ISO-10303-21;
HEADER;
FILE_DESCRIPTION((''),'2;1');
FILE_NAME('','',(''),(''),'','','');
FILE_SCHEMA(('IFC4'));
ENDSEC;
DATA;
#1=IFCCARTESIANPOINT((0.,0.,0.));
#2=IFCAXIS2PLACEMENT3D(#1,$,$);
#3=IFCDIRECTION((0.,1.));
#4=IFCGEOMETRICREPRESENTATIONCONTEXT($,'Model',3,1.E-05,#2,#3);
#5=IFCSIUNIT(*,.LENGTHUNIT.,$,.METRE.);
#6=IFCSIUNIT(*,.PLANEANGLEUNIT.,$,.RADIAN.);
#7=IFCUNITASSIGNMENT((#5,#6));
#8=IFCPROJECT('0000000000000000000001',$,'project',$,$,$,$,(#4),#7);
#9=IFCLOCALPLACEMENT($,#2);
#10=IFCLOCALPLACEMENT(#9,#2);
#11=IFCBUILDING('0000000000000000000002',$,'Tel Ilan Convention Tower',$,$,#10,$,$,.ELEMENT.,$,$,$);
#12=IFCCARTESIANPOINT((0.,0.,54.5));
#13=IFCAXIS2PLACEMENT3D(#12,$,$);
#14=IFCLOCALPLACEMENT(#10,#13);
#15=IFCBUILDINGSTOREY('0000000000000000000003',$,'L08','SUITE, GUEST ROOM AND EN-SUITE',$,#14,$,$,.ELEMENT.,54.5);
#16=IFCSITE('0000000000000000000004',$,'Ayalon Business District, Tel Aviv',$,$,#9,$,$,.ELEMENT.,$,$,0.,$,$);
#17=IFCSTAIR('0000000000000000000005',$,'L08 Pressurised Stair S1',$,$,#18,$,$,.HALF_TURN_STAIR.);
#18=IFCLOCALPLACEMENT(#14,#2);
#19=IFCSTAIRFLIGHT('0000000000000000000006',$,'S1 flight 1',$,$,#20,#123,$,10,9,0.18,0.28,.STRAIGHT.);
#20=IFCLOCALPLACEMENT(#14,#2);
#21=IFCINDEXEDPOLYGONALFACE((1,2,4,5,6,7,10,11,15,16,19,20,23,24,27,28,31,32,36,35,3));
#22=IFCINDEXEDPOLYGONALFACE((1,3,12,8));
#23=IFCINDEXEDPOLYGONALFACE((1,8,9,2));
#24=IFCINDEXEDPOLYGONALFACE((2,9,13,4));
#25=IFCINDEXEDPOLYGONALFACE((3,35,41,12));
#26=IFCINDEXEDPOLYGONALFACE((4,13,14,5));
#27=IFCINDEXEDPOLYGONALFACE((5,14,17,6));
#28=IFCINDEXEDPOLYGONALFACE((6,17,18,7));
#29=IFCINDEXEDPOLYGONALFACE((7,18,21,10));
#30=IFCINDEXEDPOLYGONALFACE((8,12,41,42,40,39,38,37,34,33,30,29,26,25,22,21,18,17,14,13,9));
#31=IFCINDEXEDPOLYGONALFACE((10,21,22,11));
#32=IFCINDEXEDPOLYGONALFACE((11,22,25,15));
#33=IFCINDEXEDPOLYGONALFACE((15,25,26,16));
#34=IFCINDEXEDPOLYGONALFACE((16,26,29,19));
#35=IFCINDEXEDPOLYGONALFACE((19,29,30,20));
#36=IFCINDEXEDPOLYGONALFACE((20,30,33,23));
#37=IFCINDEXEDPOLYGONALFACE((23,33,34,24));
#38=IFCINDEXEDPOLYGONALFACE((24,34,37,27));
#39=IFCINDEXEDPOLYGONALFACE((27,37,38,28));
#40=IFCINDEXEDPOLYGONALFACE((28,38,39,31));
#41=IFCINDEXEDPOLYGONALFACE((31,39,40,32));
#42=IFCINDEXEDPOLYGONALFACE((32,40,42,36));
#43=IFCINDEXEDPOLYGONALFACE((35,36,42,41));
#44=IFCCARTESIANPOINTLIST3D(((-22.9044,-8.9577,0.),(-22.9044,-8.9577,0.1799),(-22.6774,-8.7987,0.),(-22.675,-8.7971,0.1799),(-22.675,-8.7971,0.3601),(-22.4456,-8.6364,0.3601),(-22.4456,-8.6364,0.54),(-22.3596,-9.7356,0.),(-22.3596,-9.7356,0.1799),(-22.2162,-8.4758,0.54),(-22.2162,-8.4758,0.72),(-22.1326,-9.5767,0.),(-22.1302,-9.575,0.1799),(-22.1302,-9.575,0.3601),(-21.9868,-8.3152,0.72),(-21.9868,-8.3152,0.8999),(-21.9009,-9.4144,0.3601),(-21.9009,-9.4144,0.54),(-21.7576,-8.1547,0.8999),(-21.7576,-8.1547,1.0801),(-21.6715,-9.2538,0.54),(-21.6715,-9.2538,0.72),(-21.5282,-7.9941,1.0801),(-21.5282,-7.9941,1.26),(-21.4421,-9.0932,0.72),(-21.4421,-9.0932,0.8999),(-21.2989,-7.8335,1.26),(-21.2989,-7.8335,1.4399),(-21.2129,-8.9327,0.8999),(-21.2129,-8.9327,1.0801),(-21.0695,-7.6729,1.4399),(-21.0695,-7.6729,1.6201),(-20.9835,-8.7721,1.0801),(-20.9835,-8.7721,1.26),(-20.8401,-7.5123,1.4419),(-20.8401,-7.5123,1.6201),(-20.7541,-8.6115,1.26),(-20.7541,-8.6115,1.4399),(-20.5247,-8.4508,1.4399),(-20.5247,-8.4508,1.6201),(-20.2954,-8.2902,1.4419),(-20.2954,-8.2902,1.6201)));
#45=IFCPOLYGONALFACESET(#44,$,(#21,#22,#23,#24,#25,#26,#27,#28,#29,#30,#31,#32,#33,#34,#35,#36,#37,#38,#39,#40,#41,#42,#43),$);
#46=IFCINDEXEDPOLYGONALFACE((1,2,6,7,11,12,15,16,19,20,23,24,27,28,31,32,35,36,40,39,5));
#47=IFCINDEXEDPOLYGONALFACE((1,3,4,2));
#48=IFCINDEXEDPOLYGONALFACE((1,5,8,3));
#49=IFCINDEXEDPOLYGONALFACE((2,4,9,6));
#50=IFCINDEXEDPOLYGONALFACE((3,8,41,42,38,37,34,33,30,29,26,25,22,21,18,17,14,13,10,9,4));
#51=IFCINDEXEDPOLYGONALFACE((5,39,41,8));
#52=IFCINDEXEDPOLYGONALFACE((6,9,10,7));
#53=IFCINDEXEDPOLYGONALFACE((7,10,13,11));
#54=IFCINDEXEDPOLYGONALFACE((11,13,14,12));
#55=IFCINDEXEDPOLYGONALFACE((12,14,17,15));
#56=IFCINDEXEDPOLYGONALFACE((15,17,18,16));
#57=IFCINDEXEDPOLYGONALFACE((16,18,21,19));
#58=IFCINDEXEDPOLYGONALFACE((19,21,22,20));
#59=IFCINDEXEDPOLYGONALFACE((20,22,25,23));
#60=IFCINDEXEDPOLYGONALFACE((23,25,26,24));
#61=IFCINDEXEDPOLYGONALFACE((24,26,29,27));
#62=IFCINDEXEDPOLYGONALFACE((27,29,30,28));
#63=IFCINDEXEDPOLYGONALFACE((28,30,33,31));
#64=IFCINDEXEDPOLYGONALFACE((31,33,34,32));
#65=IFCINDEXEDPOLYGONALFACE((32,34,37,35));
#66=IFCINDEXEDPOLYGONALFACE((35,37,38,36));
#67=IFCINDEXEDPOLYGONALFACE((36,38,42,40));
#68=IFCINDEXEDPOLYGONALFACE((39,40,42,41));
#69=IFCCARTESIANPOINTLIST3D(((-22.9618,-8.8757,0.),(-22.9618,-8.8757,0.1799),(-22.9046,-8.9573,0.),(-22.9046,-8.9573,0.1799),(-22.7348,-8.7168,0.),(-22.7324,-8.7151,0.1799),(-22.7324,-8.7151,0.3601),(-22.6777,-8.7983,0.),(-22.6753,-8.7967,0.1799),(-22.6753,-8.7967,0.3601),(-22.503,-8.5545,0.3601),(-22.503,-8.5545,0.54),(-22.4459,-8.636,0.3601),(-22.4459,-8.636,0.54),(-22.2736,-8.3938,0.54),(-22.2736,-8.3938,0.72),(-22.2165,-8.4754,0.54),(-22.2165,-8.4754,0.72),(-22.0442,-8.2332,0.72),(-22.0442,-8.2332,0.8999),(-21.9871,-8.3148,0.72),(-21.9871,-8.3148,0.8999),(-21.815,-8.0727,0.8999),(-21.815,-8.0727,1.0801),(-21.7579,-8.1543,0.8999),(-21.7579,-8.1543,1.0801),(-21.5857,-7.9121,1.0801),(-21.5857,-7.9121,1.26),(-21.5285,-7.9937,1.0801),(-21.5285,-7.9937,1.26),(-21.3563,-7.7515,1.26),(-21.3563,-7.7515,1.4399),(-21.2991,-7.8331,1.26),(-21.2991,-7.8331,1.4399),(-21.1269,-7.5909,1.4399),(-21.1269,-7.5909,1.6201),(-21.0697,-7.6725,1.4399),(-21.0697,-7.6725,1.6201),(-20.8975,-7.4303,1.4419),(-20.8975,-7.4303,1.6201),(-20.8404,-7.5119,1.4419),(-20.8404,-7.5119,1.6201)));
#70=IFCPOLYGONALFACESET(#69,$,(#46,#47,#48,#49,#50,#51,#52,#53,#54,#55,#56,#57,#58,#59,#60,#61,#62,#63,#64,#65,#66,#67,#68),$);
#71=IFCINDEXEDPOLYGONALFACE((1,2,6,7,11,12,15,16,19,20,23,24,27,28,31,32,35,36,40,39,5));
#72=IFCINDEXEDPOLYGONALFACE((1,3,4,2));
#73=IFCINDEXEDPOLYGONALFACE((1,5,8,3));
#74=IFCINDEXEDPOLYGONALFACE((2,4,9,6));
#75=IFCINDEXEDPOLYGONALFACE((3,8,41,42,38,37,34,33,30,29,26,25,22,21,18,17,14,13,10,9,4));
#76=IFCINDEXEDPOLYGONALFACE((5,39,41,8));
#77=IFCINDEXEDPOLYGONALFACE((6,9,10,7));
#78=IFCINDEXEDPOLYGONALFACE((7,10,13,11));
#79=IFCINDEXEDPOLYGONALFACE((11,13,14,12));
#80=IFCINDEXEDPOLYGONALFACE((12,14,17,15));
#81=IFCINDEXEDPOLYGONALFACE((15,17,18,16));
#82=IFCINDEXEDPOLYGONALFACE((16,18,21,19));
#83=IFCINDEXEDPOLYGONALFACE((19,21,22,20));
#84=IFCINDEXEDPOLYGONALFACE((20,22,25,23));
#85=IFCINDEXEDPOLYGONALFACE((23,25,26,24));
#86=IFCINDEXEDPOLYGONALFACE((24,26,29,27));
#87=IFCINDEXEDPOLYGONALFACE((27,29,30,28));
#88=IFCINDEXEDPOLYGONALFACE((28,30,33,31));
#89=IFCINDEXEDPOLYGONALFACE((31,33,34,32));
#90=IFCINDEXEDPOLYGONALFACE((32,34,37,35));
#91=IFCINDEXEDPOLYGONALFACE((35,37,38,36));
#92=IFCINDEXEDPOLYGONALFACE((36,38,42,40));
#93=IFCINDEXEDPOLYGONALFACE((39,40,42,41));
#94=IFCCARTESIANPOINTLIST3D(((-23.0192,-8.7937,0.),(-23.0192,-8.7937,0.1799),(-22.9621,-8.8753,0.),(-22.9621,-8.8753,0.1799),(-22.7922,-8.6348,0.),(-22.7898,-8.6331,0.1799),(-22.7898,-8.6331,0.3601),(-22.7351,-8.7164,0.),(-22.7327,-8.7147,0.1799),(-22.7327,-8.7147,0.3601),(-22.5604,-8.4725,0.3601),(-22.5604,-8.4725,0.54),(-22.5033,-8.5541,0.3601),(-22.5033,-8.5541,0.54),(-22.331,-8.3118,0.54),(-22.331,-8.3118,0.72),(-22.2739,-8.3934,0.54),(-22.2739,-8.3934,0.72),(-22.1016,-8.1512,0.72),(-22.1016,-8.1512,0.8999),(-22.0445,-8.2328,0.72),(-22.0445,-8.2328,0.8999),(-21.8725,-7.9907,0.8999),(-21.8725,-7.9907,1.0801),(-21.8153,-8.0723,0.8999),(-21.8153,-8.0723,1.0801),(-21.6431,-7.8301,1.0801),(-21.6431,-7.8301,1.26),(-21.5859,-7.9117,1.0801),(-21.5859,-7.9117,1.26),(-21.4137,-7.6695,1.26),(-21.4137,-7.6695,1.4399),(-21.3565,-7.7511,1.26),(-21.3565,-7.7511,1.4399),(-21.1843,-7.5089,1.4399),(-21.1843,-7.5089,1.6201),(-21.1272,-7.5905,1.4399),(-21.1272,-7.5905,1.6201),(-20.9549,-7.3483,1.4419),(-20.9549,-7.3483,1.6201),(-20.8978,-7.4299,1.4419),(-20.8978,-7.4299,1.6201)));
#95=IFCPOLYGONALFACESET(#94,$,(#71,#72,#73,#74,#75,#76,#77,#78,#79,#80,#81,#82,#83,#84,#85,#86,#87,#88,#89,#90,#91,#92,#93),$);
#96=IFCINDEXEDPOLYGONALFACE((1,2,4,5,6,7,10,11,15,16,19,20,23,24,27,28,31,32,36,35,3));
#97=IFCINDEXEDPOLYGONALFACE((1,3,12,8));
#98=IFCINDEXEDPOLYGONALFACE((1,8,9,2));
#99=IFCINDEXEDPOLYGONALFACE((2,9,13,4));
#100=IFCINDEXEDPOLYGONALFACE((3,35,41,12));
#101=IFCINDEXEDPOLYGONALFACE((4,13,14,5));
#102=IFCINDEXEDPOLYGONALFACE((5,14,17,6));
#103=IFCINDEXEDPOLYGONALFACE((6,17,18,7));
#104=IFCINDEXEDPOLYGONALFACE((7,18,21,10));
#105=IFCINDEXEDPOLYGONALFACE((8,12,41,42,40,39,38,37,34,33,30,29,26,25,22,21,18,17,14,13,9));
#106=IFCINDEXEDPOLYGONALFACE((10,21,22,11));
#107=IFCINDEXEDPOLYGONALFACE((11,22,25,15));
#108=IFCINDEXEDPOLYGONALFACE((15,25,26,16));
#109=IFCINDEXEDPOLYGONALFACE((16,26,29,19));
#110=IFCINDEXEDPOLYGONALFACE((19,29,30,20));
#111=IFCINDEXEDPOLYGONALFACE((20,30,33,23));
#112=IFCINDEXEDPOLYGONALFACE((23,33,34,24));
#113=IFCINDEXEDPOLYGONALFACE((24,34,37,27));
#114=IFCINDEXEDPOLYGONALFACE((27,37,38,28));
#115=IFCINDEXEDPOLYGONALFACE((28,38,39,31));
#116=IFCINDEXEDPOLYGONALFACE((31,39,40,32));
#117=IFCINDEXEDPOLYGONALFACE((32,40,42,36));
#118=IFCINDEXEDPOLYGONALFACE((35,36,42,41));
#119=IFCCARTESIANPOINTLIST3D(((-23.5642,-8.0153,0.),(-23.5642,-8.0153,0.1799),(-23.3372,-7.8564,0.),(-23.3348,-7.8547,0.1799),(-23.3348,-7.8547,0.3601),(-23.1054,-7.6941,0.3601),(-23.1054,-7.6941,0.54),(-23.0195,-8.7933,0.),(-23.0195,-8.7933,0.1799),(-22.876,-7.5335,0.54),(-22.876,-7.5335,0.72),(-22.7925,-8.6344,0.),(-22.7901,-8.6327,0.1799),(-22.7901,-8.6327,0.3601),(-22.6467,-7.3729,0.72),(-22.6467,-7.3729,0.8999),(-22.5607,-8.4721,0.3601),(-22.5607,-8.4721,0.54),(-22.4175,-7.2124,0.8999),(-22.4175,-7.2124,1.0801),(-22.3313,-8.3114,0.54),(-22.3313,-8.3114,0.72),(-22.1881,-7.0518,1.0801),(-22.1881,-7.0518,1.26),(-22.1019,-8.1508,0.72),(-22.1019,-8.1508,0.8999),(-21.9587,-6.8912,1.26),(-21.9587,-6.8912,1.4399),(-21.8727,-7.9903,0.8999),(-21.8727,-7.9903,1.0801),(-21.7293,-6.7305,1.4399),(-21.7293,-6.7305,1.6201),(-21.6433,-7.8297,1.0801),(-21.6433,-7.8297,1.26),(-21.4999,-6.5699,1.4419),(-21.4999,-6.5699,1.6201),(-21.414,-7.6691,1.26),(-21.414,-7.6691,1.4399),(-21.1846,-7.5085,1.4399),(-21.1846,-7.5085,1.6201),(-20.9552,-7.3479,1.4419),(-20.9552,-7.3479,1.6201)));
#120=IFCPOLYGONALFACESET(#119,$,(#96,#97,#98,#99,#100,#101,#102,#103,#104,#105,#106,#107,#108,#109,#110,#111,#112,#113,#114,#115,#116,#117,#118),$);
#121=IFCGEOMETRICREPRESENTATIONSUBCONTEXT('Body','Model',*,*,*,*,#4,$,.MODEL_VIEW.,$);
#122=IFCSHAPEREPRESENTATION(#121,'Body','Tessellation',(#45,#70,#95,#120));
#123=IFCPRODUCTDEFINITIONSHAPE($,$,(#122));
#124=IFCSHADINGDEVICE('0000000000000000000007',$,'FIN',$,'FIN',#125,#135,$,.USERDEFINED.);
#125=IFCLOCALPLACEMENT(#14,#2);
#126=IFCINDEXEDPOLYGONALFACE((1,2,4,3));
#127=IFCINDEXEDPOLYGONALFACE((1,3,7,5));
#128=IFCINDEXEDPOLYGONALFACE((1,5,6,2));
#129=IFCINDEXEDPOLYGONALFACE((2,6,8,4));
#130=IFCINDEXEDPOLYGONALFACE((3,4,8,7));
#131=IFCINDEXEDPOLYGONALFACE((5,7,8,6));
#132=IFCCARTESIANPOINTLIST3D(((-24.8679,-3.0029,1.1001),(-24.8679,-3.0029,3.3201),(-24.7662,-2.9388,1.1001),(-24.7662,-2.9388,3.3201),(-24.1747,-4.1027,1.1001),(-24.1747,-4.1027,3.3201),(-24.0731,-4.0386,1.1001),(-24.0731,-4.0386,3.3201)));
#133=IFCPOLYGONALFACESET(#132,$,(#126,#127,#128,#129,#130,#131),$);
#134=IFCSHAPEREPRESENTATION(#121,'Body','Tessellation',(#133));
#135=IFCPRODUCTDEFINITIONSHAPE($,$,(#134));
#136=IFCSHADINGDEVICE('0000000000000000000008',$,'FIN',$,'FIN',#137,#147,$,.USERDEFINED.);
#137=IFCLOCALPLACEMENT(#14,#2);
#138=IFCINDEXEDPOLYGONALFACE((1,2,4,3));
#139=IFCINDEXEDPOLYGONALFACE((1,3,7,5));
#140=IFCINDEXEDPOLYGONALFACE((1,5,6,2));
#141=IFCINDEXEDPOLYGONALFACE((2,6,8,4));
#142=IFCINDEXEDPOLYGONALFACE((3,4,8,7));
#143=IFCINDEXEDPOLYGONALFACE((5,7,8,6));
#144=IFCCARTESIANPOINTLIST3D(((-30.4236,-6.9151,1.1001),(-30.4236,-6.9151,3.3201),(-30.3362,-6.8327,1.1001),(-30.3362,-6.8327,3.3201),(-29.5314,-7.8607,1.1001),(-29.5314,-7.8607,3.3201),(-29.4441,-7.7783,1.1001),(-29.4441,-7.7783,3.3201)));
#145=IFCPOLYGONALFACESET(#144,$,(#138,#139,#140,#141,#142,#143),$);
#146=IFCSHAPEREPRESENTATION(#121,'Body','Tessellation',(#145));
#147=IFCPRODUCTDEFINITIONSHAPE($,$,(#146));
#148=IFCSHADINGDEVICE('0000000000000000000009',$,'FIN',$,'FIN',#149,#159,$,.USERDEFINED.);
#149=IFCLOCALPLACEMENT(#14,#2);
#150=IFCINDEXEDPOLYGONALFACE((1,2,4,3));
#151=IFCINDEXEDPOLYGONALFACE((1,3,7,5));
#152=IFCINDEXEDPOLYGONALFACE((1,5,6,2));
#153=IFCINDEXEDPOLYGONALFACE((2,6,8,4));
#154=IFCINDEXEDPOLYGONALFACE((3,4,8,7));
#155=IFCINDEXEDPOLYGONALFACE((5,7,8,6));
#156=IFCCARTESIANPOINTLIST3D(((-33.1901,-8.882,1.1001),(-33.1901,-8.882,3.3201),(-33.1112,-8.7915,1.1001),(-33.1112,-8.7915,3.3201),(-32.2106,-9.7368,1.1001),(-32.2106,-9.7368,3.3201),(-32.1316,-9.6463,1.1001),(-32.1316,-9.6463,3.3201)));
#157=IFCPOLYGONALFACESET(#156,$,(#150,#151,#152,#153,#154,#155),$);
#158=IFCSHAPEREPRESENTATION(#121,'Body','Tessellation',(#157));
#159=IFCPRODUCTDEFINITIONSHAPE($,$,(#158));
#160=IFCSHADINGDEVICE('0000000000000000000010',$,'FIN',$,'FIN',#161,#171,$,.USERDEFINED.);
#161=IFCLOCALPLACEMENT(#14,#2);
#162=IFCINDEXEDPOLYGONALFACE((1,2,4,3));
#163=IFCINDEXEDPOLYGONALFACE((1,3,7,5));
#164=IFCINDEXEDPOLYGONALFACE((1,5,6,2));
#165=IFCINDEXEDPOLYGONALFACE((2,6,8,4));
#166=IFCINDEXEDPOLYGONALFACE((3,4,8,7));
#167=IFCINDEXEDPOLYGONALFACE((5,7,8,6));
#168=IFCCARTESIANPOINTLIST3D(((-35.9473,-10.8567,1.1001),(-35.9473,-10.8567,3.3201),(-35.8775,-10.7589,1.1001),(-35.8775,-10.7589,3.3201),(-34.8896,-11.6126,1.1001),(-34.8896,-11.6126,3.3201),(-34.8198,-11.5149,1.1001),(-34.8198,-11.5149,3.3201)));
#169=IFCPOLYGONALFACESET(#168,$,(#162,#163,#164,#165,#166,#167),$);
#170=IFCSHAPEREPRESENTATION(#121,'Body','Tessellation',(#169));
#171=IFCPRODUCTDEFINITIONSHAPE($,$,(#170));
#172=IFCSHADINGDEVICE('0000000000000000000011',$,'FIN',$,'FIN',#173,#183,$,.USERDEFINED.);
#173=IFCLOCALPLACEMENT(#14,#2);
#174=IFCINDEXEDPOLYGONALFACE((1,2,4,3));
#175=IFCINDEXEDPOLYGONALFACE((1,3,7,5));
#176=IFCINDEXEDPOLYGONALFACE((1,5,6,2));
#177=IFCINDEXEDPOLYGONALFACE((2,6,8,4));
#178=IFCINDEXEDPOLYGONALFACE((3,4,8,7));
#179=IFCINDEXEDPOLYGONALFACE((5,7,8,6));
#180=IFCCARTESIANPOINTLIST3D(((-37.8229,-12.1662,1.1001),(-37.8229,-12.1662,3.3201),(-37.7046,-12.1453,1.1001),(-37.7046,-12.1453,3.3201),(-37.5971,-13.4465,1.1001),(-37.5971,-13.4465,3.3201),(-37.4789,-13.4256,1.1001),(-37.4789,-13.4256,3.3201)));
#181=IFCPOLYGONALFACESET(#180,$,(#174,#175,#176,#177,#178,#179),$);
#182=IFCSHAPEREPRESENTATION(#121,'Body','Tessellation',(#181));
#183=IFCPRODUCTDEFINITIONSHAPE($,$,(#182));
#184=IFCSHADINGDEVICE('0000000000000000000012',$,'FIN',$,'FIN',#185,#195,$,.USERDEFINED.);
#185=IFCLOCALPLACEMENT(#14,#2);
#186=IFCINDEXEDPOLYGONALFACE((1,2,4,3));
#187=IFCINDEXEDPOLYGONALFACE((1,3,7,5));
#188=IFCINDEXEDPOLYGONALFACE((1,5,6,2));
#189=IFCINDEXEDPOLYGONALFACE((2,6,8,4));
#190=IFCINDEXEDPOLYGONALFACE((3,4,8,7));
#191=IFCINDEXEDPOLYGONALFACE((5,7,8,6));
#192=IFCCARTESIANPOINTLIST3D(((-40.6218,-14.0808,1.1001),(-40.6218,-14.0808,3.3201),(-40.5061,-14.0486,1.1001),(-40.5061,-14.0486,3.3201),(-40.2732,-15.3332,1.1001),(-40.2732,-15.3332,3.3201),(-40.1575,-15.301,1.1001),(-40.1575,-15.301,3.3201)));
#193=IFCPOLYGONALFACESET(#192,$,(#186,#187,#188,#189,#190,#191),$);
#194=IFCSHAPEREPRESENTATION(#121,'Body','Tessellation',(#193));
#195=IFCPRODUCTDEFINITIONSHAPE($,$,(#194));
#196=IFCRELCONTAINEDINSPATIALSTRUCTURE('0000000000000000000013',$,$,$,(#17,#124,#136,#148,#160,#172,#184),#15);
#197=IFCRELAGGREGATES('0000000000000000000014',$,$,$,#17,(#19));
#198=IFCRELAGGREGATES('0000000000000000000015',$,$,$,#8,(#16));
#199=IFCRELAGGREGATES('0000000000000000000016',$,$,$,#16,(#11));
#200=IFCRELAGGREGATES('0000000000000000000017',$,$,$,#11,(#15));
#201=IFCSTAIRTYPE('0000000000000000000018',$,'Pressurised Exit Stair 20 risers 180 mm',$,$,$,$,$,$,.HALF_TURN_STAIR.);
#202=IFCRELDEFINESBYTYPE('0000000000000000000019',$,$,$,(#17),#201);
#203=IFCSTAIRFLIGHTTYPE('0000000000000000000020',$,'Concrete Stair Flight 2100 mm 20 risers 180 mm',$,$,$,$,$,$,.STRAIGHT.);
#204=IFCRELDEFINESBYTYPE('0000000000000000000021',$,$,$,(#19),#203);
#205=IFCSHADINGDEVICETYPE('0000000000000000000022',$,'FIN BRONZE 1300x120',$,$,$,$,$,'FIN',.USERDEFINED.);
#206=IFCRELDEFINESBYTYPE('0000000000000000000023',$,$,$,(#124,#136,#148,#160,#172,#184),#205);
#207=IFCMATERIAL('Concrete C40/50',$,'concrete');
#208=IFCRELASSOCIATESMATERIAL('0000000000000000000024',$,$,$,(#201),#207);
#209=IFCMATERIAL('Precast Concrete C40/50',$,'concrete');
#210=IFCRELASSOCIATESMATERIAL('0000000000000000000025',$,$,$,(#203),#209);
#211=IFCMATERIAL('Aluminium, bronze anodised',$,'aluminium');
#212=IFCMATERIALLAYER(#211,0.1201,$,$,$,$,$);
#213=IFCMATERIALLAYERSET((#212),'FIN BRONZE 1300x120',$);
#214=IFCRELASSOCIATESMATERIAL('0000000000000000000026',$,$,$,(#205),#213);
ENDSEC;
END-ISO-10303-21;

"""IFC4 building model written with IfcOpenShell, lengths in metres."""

from ifc_helpers import new_model, si_unit, direction, frame, origin, origin_2d, place, context, subcontext, project, spatial, polyline, rectangle, outline, extrude, material, layer, layer_set, type_object, element, aggregate, save


model = new_model("IFC4")

# Units and contexts
model_context = context("Model", 3, precision=1e-05, world=origin(), true_north=direction((0.0, 1.0)))
body_context = subcontext(model_context, "Body", "Model", "MODEL_VIEW")
ifc_project = project(units=[si_unit("LENGTHUNIT", "METRE"), si_unit("PLANEANGLEUNIT", "RADIAN")], contexts=[model_context])

# Site, building, storey
site_placement = place(None, origin())
site = spatial("IfcSite", under=ifc_project, at=site_placement, Name="Ayalon Business District, Tel Aviv", CompositionType="ELEMENT", RefElevation=0.0)
building_placement = place(site_placement, origin())
building = spatial("IfcBuilding", under=site, at=building_placement, Name="Tel Ilan Convention Tower", CompositionType="ELEMENT")
storey_placement = place(building_placement, frame((0.0, 0.0, 54.5)))
storey = spatial("IfcBuildingStorey", under=building, at=storey_placement, Name="L08", Description="SUITE, GUEST ROOM AND EN-SUITE", CompositionType="ELEMENT", Elevation=54.5)

# Stair, stair flight
ifc_material_1 = material(Name="Concrete C40/50", Category="concrete")
stair_type = type_object("IfcStairType", Name="Pressurised Exit Stair 20 risers 180 mm", PredefinedType="HALF_TURN_STAIR", material=ifc_material_1)
stair_placement = place(storey_placement, origin())
stair = element("IfcStair", 1, at=stair_placement, inside=storey, type_object=stair_type, Name="L08 Pressurised Stair S1", PredefinedType="HALF_TURN_STAIR")
ifc_material_2 = material(Name="Precast Concrete C40/50", Category="concrete")
stair_flight_type = type_object("IfcStairFlightType", Name="Concrete Stair Flight 2100 mm 20 risers 180 mm", PredefinedType="STRAIGHT", material=ifc_material_2)
stair_flight_placement = place(storey_placement, frame((-22.9619, -8.8755, 0.0), z_axis=(0.0, 0.0, 1.0), x_axis=(0.819152, 0.573576, 0.0)))
stair_flight = element("IfcStairFlight", 2, at=stair_flight_placement, type_object=stair_flight_type, Name="S1 flight 1", NumberOfRisers=10, NumberOfTreads=9, PredefinedType="STRAIGHT", RiserHeight=0.18, TreadLength=0.28, context=body_context, shape_type="SweptSolid", body=[
    extrude(outline(polyline([(0.0, 0.0), (0.0, 0.1799), (0.28, 0.1799), (0.28, 0.3601), (0.5601, 0.3601), (0.5601, 0.54), (0.8401, 0.54), (0.8401, 0.72), (1.1201, 0.72), (1.1201, 0.8999), (1.3999, 0.8999), (1.3999, 1.0801), (1.6799, 1.0801), (1.6799, 1.26), (1.96, 1.26), (1.96, 1.4399), (2.24, 1.4399), (2.24, 1.6201), (2.52, 1.6201), (2.52, 1.8), (2.52, 1.4419), (0.2771, 0.0), (0.0, 0.0)])), frame((0.0, -0.1003, 0.0), z_axis=(0.0, -1.0, 0.0), x_axis=(1.0, 0.0, 0.0)), (0.0, 0.0, 1.0), 0.9497),
    extrude(outline(polyline([(0.0, 0.0), (0.0, 0.1799), (0.28, 0.1799), (0.28, 0.3601), (0.5601, 0.3601), (0.5601, 0.54), (0.8401, 0.54), (0.8401, 0.72), (1.1201, 0.72), (1.1201, 0.8999), (1.3999, 0.8999), (1.3999, 1.0801), (1.6799, 1.0801), (1.6799, 1.26), (1.96, 1.26), (1.96, 1.4399), (2.24, 1.4399), (2.24, 1.6201), (2.52, 1.6201), (2.52, 1.8), (2.52, 1.4419), (0.2771, 0.0), (0.0, 0.0)])), frame((0.0, -0.0002, 0.0), z_axis=(0.0, -1.0, 0.0), x_axis=(1.0, 0.0, 0.0)), (0.0, 0.0, 1.0), 0.0996),
    extrude(outline(polyline([(0.0, 0.0), (0.0, 0.1799), (0.28, 0.1799), (0.28, 0.3601), (0.5601, 0.3601), (0.5601, 0.54), (0.8401, 0.54), (0.8401, 0.72), (1.1201, 0.72), (1.1201, 0.8999), (1.3999, 0.8999), (1.3999, 1.0801), (1.6799, 1.0801), (1.6799, 1.26), (1.96, 1.26), (1.96, 1.4399), (2.24, 1.4399), (2.24, 1.6201), (2.52, 1.6201), (2.52, 1.8), (2.52, 1.4419), (0.2771, 0.0), (0.0, 0.0)])), frame((0.0, 0.0999, 0.0), z_axis=(0.0, -1.0, 0.0), x_axis=(1.0, 0.0, 0.0)), (0.0, 0.0, 1.0), 0.0996),
    extrude(outline(polyline([(0.0, 0.0), (0.0, 0.1799), (0.28, 0.1799), (0.28, 0.3601), (0.5601, 0.3601), (0.5601, 0.54), (0.8401, 0.54), (0.8401, 0.72), (1.1201, 0.72), (1.1201, 0.8999), (1.3999, 0.8999), (1.3999, 1.0801), (1.6799, 1.0801), (1.6799, 1.26), (1.96, 1.26), (1.96, 1.4399), (2.24, 1.4399), (2.24, 1.6201), (2.52, 1.6201), (2.52, 1.8), (2.52, 1.4419), (0.2771, 0.0), (0.0, 0.0)])), frame((0.0, 1.05, 0.0), z_axis=(0.0, -1.0, 0.0), x_axis=(1.0, 0.0, 0.0)), (0.0, 0.0, 1.0), 0.9497),
])
aggregate(stair, [stair_flight])

# Shading devices
ifc_material_3 = material(Name="Aluminium, bronze anodised", Category="aluminium")
ifc_layer_1 = layer(ifc_material_3, 0.1201)
ifc_layer_set_1 = layer_set([ifc_layer_1], Name="FIN BRONZE 1300x120")
shading_device_type = type_object("IfcShadingDeviceType", Name="FIN BRONZE 1300x120", ElementType="FIN", PredefinedType="USERDEFINED", material=ifc_layer_set_1)
for number, where, z_axis, x_axis, name in (
    (3, (-24.4705, -3.5208, 1.1001), (0.0, 0.0, 1.0), (-0.533204, 0.845986, 0.0), "FIN"),
    (4, (-29.9338, -7.3467, 1.1001), (0.0, 0.0, 1.0), (-0.686242, 0.727374, 0.0), "FIN"),
    (5, (-32.6609, -9.2642, 1.1001), (0.0, 0.0, 1.0), (-0.753436, 0.657521, 0.0), "FIN"),
    (6, (-35.3835, -11.1858, 1.1001), (0.0, 0.0, 1.0), (-0.813552, 0.581492, 0.0), "FIN"),
    (7, (-37.6509, -12.7959, 1.1001), (0.0, 0.0, 1.0), (-0.173648, 0.984808, 0.0), "FIN"),
    (8, (-40.3896, -14.6909, 1.1001), (0.0, 0.0, 1.0), (-0.268173, 0.963371, 0.0), "FIN"),
):
    element("IfcShadingDevice", number, at=place(storey_placement, frame(where, z_axis=z_axis, x_axis=x_axis)), inside=storey, type_object=shading_device_type, Name=name, ObjectType="FIN", PredefinedType="USERDEFINED", context=body_context, shape_type="SweptSolid", body=[
        extrude(rectangle(XDim=1.3, YDim=0.1201, at=origin_2d()), origin(), (0.0, 0.0, 1.0), 2.22),
    ])

save(model, "model.ifc")
